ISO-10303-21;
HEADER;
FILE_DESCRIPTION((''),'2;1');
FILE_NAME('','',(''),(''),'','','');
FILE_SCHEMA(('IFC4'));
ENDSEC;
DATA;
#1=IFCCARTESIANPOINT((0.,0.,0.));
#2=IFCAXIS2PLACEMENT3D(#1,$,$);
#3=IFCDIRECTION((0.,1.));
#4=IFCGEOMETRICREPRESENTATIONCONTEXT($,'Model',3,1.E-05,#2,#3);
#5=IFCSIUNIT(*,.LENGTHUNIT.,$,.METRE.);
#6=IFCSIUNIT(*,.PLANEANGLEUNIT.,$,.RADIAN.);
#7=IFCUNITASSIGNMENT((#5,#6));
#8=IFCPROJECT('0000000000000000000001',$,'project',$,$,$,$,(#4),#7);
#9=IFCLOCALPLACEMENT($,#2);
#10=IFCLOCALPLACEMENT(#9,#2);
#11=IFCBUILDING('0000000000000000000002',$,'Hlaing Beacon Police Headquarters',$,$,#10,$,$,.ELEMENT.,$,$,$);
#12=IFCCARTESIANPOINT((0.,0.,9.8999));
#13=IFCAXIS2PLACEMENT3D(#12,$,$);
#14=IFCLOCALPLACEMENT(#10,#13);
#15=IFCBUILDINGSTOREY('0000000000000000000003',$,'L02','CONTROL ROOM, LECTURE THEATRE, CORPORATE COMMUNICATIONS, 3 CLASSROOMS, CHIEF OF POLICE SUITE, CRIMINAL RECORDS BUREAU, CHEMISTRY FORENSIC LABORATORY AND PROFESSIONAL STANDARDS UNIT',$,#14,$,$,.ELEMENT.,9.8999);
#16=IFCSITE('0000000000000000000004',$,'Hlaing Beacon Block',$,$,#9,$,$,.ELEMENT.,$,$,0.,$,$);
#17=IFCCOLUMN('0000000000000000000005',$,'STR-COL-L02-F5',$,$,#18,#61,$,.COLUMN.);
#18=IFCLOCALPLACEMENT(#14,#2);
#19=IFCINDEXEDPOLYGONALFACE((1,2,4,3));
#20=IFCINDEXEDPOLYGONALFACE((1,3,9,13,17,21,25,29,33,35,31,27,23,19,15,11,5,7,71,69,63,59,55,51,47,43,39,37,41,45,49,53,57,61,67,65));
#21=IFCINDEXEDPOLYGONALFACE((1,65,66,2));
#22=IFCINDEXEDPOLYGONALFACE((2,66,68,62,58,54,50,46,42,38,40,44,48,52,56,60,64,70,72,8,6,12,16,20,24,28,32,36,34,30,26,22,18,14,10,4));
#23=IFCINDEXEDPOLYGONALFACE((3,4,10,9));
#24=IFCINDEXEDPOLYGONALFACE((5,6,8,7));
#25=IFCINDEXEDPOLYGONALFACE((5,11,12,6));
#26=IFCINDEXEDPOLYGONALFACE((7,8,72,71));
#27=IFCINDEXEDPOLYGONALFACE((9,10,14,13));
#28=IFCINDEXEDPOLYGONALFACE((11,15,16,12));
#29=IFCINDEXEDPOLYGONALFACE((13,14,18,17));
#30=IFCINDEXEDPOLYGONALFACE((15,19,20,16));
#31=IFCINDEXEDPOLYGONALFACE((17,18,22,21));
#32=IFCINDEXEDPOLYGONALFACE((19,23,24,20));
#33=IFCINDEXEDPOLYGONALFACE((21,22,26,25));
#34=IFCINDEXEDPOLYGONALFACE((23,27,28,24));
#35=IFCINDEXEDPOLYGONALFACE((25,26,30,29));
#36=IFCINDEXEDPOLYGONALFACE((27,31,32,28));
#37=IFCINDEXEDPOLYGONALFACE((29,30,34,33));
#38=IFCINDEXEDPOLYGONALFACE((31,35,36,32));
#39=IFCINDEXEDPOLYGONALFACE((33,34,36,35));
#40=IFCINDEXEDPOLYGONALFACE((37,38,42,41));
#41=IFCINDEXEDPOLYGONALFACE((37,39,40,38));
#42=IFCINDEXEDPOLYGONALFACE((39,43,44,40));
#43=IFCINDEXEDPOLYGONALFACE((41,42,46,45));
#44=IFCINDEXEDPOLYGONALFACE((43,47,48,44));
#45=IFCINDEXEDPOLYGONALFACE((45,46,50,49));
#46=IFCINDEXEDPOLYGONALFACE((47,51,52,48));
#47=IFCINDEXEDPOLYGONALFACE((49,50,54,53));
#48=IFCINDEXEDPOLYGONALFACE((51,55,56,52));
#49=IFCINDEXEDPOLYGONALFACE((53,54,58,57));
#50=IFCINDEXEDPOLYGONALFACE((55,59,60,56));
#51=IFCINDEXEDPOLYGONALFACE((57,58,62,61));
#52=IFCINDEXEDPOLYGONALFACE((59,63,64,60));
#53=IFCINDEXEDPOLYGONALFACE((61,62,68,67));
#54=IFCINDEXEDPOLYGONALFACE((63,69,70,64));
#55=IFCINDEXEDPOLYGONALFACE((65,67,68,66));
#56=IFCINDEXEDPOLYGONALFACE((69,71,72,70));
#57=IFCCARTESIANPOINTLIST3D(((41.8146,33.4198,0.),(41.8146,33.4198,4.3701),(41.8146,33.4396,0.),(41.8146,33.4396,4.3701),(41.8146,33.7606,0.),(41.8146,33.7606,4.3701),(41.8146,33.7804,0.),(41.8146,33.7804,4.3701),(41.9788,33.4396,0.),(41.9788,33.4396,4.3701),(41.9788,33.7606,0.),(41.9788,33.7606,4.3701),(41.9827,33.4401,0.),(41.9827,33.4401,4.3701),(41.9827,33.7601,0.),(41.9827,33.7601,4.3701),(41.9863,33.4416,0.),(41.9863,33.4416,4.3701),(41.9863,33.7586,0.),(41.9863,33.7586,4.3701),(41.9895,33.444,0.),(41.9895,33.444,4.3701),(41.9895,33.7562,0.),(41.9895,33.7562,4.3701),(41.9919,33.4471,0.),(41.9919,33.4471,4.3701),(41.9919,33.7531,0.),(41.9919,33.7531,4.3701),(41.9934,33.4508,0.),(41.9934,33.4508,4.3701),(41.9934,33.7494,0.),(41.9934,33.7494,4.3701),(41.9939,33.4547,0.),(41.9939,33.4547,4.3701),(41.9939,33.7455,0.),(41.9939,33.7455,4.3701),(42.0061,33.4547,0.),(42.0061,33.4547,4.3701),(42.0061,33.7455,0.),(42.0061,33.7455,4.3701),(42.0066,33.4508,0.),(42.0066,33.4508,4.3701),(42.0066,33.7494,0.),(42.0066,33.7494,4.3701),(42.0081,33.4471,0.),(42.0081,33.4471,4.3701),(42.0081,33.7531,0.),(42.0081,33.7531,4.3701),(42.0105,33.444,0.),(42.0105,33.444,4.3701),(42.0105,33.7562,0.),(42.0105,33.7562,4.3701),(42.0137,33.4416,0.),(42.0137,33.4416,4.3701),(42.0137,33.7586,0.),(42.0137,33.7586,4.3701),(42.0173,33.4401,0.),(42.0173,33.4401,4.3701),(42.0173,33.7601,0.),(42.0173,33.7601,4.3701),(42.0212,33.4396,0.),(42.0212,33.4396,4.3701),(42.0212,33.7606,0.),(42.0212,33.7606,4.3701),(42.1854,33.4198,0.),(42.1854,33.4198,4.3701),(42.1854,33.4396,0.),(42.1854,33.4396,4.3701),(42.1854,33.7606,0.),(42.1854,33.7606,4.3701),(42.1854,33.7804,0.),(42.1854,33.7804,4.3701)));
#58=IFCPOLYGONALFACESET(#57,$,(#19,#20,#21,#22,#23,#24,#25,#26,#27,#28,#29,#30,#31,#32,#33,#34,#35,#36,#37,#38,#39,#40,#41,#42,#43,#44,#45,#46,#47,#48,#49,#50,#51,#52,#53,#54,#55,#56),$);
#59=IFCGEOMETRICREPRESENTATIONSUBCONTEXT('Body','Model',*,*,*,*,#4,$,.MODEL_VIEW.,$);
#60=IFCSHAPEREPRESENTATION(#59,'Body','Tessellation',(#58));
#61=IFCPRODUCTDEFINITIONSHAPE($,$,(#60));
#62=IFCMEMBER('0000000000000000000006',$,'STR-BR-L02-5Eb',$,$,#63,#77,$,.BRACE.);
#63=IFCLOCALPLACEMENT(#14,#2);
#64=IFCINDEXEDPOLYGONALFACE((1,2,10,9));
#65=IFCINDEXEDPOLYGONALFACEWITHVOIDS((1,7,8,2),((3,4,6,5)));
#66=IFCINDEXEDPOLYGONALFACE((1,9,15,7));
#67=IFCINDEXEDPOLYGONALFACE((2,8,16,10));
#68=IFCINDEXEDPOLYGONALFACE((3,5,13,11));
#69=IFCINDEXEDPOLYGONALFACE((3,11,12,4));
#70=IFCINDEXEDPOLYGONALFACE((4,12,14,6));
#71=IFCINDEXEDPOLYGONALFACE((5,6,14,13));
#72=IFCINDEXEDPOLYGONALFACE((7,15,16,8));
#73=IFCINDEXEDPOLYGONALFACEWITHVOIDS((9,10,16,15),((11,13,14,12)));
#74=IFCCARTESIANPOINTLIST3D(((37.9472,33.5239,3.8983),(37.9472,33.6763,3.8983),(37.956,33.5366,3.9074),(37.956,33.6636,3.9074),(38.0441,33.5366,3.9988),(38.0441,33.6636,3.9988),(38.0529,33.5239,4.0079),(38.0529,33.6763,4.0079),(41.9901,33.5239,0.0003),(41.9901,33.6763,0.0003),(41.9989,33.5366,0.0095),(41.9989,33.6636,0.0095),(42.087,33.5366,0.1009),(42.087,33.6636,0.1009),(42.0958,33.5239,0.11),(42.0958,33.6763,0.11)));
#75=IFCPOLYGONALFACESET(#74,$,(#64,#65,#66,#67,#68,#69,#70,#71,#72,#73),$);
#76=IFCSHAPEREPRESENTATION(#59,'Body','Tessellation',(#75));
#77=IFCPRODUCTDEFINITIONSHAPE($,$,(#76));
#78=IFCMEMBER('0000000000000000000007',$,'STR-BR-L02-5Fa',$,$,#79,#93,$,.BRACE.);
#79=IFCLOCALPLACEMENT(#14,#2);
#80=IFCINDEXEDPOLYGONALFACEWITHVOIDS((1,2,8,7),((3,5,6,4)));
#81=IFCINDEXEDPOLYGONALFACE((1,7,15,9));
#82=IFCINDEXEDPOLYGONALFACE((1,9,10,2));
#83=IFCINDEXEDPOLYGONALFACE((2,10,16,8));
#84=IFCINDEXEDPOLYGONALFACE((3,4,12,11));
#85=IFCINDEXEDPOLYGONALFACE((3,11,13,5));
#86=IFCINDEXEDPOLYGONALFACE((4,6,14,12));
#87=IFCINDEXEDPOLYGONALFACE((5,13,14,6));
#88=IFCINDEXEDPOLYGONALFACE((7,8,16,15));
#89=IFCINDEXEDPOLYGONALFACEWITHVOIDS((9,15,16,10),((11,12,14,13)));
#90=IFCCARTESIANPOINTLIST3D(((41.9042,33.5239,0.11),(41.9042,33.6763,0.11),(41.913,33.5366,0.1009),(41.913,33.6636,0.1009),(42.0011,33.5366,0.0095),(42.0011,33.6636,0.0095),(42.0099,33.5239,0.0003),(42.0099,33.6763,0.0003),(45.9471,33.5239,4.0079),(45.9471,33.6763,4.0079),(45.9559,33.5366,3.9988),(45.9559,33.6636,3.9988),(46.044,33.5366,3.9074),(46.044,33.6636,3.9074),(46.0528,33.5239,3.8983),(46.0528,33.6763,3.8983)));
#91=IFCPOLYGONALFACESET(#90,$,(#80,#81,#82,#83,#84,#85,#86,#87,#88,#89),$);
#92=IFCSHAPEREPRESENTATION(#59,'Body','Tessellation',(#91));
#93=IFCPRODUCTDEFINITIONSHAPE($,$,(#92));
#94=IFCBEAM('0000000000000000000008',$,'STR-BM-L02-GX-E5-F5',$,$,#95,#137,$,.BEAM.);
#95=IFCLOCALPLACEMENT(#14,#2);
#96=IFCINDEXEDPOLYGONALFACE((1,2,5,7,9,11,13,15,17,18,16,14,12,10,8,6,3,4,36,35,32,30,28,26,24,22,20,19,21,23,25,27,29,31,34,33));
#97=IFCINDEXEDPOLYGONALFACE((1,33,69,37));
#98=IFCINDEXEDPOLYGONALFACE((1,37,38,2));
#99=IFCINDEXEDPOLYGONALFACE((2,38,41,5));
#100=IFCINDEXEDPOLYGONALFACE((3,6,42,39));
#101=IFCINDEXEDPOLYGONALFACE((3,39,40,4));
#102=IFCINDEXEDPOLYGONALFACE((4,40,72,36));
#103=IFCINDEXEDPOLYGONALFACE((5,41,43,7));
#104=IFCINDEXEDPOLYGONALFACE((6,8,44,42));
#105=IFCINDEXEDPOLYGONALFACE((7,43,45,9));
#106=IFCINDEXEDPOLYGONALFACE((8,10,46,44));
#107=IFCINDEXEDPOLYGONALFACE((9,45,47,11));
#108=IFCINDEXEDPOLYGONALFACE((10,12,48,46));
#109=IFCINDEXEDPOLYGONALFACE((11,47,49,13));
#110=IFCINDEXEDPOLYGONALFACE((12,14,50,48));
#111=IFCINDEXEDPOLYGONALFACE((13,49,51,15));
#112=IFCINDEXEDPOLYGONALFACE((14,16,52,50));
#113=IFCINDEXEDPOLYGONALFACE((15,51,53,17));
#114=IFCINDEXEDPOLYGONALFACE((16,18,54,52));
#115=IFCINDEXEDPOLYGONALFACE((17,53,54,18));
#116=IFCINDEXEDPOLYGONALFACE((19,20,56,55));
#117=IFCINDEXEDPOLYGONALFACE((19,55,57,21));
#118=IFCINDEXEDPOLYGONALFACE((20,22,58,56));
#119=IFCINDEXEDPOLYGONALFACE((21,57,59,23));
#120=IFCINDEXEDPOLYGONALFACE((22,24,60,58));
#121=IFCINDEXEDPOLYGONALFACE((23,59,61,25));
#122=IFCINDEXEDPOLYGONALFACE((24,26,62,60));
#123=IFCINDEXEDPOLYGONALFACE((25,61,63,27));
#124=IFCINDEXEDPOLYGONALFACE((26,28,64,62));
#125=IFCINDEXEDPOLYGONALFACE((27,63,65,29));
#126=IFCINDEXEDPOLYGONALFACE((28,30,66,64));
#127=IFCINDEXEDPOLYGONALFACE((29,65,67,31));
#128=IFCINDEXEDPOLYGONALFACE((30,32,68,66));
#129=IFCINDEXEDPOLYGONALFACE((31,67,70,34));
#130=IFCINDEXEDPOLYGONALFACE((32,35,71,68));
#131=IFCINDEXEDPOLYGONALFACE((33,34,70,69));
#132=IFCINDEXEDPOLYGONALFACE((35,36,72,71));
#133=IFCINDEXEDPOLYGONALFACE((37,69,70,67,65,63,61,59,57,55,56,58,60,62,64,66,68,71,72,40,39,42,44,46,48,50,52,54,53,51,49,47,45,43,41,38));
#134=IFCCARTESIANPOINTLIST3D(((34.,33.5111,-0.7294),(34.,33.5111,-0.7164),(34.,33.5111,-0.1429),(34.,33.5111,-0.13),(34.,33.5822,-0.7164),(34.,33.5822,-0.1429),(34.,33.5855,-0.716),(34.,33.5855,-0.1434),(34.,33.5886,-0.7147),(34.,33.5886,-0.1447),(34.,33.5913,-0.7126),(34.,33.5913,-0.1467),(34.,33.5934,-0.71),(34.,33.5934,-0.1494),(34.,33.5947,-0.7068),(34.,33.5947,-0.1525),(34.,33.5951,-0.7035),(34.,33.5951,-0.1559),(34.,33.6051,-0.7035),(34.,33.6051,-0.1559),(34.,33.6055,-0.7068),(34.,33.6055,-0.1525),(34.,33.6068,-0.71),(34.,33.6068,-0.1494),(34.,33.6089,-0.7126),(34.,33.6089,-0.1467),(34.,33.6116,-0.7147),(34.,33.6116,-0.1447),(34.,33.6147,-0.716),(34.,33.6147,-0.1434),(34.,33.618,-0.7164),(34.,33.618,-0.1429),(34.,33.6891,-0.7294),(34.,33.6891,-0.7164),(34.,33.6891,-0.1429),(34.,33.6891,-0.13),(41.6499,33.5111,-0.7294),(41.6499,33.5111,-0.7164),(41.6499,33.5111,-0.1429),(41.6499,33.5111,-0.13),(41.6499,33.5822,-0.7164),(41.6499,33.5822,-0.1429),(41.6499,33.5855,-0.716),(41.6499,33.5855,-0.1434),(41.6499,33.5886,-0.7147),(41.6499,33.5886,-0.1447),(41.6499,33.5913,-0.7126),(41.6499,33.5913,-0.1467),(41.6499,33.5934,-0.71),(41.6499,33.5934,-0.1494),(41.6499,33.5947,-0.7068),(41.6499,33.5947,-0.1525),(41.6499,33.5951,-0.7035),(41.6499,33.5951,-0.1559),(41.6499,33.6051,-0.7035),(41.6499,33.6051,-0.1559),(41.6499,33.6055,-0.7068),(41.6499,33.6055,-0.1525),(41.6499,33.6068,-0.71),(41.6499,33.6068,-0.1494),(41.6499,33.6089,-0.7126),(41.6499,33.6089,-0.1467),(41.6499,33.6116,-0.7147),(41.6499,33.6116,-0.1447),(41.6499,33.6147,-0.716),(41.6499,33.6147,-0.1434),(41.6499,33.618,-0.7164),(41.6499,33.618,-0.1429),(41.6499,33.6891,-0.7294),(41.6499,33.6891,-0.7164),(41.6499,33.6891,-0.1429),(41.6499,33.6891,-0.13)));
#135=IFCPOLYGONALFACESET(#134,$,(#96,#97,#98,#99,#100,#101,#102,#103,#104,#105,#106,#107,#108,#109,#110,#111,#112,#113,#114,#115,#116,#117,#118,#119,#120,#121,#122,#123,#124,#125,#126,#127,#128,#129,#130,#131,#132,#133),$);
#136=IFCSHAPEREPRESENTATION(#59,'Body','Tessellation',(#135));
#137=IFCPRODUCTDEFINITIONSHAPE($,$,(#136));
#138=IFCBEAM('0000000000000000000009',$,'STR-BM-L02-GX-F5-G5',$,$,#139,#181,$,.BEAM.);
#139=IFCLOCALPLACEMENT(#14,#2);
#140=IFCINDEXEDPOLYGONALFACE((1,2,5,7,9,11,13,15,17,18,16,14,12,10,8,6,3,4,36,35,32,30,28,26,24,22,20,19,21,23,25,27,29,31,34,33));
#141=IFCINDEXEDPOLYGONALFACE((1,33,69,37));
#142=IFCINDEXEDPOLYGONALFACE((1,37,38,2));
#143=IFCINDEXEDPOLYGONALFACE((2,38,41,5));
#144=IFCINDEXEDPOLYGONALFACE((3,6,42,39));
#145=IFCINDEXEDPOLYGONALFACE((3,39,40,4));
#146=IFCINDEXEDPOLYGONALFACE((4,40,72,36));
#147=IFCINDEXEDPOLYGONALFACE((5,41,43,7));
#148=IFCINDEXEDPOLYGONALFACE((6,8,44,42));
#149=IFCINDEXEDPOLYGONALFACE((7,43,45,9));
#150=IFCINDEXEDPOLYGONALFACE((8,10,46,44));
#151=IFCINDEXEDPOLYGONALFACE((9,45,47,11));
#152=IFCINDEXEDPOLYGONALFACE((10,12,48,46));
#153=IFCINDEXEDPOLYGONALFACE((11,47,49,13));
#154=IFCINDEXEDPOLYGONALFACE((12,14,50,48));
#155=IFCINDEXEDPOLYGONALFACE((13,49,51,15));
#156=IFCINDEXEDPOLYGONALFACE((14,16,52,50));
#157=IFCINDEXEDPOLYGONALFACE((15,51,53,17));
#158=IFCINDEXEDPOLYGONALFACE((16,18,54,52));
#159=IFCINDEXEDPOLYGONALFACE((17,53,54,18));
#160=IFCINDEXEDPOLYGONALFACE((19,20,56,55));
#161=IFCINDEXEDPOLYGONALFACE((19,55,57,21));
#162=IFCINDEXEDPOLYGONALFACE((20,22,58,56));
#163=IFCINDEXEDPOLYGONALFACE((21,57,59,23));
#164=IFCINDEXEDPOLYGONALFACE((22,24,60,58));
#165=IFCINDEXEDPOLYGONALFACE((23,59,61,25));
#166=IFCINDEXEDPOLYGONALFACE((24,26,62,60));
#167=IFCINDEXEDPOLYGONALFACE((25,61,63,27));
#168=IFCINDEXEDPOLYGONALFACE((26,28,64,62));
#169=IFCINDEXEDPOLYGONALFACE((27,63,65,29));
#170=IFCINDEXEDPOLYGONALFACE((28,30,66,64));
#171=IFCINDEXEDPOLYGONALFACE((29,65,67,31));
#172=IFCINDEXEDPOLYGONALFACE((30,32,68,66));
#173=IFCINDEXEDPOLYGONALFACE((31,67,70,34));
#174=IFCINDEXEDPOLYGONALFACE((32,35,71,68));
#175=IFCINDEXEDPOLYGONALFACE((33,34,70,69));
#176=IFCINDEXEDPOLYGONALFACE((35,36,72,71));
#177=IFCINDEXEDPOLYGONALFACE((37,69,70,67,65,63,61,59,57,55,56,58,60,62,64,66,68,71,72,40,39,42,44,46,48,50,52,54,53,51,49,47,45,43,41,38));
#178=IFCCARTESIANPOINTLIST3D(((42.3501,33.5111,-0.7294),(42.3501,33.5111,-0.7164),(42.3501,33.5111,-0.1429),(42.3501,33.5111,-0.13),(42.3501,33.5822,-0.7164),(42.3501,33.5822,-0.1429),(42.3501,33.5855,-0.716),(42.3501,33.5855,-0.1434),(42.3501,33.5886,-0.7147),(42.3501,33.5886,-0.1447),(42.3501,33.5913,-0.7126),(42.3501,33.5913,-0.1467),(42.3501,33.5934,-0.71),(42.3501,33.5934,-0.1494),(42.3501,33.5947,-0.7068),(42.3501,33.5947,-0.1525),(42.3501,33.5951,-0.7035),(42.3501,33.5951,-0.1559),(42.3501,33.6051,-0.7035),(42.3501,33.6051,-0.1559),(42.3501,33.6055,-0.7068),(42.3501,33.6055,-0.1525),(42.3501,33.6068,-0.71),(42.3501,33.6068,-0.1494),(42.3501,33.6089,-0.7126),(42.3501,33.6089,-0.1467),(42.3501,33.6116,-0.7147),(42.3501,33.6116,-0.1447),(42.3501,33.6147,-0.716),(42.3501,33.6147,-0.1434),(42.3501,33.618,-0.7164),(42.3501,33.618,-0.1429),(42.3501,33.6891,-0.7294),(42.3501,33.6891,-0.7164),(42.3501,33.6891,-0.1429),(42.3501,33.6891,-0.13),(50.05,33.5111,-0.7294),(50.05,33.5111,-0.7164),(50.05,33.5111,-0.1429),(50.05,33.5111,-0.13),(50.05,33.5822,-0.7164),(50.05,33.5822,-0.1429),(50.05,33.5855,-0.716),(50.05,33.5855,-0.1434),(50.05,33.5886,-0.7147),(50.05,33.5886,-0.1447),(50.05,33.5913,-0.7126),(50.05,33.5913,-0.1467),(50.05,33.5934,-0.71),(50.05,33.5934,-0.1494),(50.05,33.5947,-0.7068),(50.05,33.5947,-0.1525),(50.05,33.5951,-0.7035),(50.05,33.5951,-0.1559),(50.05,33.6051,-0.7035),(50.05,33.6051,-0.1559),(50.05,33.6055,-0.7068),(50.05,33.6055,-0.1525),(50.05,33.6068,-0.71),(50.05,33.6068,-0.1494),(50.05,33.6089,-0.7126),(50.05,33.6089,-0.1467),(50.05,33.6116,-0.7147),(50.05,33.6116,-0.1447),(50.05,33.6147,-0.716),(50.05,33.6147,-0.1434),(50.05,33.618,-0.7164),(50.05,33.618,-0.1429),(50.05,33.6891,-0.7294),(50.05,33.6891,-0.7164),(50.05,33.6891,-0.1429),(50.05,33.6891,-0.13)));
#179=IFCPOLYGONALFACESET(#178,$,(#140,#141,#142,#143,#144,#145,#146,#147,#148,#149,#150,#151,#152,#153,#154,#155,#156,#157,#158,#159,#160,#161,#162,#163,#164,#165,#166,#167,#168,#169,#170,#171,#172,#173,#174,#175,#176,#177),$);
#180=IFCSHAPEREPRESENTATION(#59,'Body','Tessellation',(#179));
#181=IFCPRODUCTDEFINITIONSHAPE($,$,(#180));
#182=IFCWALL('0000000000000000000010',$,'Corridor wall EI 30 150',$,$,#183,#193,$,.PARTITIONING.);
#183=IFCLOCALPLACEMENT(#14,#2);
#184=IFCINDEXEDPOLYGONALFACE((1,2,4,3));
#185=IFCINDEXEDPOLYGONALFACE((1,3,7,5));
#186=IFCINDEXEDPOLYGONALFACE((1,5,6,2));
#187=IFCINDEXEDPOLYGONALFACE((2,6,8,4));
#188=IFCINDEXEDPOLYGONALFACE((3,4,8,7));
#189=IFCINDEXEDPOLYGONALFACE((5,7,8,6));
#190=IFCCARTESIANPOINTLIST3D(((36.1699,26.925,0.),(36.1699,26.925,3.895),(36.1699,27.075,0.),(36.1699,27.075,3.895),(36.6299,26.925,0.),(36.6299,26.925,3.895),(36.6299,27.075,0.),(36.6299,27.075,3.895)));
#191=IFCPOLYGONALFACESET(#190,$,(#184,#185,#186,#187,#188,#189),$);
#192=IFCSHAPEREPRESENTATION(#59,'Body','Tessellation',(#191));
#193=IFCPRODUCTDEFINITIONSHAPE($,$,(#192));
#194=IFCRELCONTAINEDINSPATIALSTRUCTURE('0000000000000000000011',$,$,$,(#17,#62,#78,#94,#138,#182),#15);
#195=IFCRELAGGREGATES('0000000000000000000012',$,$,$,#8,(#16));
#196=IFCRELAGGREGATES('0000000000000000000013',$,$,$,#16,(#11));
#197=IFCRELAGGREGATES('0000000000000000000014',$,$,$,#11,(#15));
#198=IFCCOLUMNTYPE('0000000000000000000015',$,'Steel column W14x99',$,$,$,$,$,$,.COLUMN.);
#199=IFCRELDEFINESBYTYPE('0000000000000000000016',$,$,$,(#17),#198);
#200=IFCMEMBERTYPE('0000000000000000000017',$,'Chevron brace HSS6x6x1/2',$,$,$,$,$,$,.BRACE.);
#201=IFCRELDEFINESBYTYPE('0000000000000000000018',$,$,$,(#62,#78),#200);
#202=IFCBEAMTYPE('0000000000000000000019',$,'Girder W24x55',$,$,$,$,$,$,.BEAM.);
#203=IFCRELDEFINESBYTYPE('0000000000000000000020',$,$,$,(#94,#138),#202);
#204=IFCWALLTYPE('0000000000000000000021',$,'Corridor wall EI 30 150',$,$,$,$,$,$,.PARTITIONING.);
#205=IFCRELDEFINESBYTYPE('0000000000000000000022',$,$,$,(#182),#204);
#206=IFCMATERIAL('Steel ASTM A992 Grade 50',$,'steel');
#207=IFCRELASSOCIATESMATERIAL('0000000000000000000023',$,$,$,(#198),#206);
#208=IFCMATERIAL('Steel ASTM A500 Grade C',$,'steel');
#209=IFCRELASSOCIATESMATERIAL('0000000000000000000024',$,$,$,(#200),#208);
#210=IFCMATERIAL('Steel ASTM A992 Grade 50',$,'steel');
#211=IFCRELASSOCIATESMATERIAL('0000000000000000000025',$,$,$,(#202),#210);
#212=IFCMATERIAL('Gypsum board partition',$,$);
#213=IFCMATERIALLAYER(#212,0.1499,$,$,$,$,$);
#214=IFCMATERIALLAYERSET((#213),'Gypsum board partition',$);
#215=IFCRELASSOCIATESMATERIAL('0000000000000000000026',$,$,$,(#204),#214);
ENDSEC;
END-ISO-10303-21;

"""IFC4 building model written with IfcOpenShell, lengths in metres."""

from ifc_helpers import new_model, si_unit, direction, frame, frame_2d, origin, origin_2d, place, context, subcontext, project, spatial, rectangle, hollow_rectangle, i_section, extrude, material, layer, layer_set, material_profile, profile_set, type_object, element, save


model = new_model("IFC4")

# Units and contexts
model_context = context("Model", 3, precision=1e-05, world=origin(), true_north=direction((0.0, 1.0)))
body_context = subcontext(model_context, "Body", "Model", "MODEL_VIEW")
ifc_project = project(units=[si_unit("LENGTHUNIT", "METRE"), si_unit("PLANEANGLEUNIT", "RADIAN")], contexts=[model_context])

# Site, building, storey
site_placement = place(None, origin())
site = spatial("IfcSite", under=ifc_project, at=site_placement, Name="Hlaing Beacon Block", CompositionType="ELEMENT", RefElevation=0.0)
building_placement = place(site_placement, origin())
building = spatial("IfcBuilding", under=site, at=building_placement, Name="Hlaing Beacon Police Headquarters", CompositionType="ELEMENT")
storey_placement = place(building_placement, frame((0.0, 0.0, 9.8999)))
storey = spatial("IfcBuildingStorey", under=building, at=storey_placement, Name="L02", Description="CONTROL ROOM, LECTURE THEATRE, CORPORATE COMMUNICATIONS, 3 CLASSROOMS, CHIEF OF POLICE SUITE, CRIMINAL RECORDS BUREAU, CHEMISTRY FORENSIC LABORATORY AND PROFESSIONAL STANDARDS UNIT", CompositionType="ELEMENT", Elevation=9.8999)

# Column
ifc_material_1 = material(Name="Steel ASTM A992 Grade 50", Category="steel")
ifc_material_profile_1 = material_profile(ifc_material_1, i_section(OverallWidth=0.3708, OverallDepth=0.3606, WebThickness=0.0122, FlangeThickness=0.0198, FilletRadius=0.0151, at=origin_2d()), Name="W14x99")
ifc_profile_set_1 = profile_set([ifc_material_profile_1], Name="Steel ASTM A992 Grade 50")
column_type = type_object("IfcColumnType", Name="Steel column W14x99", PredefinedType="COLUMN", material=ifc_profile_set_1)
column_placement = place(storey_placement, frame((42.0, 33.6001, 0.0), z_axis=(0.0, 0.0, 1.0), x_axis=(1.0, 0.0, 0.0)))
element("IfcColumn", 1, at=column_placement, inside=storey, type_object=column_type, Name="STR-COL-L02-F5", PredefinedType="COLUMN", context=body_context, shape_type="SweptSolid", body=[
    extrude(i_section(OverallWidth=0.3708, OverallDepth=0.3606, WebThickness=0.0122, FlangeThickness=0.0198, FilletRadius=0.0151, at=origin_2d()), origin(), (0.0, 0.0, 1.0), 4.3701),
])

# Members
ifc_material_2 = material(Name="Steel ASTM A500 Grade C", Category="steel")
ifc_material_profile_2 = material_profile(ifc_material_2, hollow_rectangle(XDim=0.1523, YDim=0.1523, WallThickness=0.0127, at=origin_2d()), Name="HSS6x6x1/2")
ifc_profile_set_2 = profile_set([ifc_material_profile_2], Name="Steel ASTM A500 Grade C")
member_type = type_object("IfcMemberType", Name="Chevron brace HSS6x6x1/2", PredefinedType="BRACE", material=ifc_profile_set_2)
for number, where, z_axis, x_axis, name in (
    (2, (42.043, 33.6001, 0.0552), (-0.7199, 0.0, 0.694078), (0.0, -1.0, 0.0), "STR-BR-L02-5Eb"),
    (3, (41.957, 33.6001, 0.0552), (0.7199, 0.0, 0.694078), (0.0, 1.0, 0.0), "STR-BR-L02-5Fa"),
):
    element("IfcMember", number, at=place(storey_placement, frame(where, z_axis=z_axis, x_axis=x_axis)), inside=storey, type_object=member_type, Name=name, PredefinedType="BRACE", context=body_context, shape_type="SweptSolid", body=[
        extrude(hollow_rectangle(XDim=0.1523, YDim=0.1523, WallThickness=0.0127, at=origin_2d()), origin(), (0.0, 0.0, 1.0), 5.616),
    ])

# Beams
ifc_material_3 = material(Name="Steel ASTM A992 Grade 50", Category="steel")
ifc_material_profile_3 = material_profile(ifc_material_3, i_section(OverallWidth=0.178, OverallDepth=0.5994, WebThickness=0.01, FlangeThickness=0.0129, FilletRadius=0.0129, at=origin_2d()), Name="W24x55")
ifc_profile_set_3 = profile_set([ifc_material_profile_3], Name="Steel ASTM A992 Grade 50")
beam_type = type_object("IfcBeamType", Name="Girder W24x55", PredefinedType="BEAM", material=ifc_profile_set_3)
beam_1_placement = place(storey_placement, frame((34.0, 33.6001, -0.4297), z_axis=(1.0, 0.0, 0.0), x_axis=(0.0, 1.0, 0.0)))
element("IfcBeam", 4, at=beam_1_placement, inside=storey, type_object=beam_type, Name="STR-BM-L02-GX-E5-F5", PredefinedType="BEAM", context=body_context, shape_type="SweptSolid", body=[
    extrude(i_section(OverallWidth=0.178, OverallDepth=0.5994, WebThickness=0.01, FlangeThickness=0.0129, FilletRadius=0.0129, at=origin_2d()), origin(), (0.0, 0.0, 1.0), 7.6499),
])
beam_2_placement = place(storey_placement, frame((42.3501, 33.6001, -0.4297), z_axis=(1.0, 0.0, 0.0), x_axis=(0.0, 1.0, 0.0)))
element("IfcBeam", 5, at=beam_2_placement, inside=storey, type_object=beam_type, Name="STR-BM-L02-GX-F5-G5", PredefinedType="BEAM", context=body_context, shape_type="SweptSolid", body=[
    extrude(i_section(OverallWidth=0.178, OverallDepth=0.5994, WebThickness=0.01, FlangeThickness=0.0129, FilletRadius=0.0129, at=origin_2d()), origin(), (0.0, 0.0, 1.0), 7.7),
])

# Wall
ifc_material_4 = material(Name="Gypsum board partition")
ifc_layer_1 = layer(ifc_material_4, 0.1499)
ifc_layer_set_1 = layer_set([ifc_layer_1], Name="Gypsum board partition")
wall_type_1 = type_object("IfcWallType", Name="Corridor wall EI 30 150", PredefinedType="PARTITIONING", material=ifc_layer_set_1)
wall_1_placement = place(storey_placement, frame((36.1699, 27.0, 0.0), z_axis=(0.0, 0.0, 1.0), x_axis=(1.0, 0.0, 0.0)))
element("IfcWall", 6, at=wall_1_placement, inside=storey, type_object=wall_type_1, Name="Corridor wall EI 30 150", PredefinedType="PARTITIONING", context=body_context, shape_type="SweptSolid", body=[
    extrude(rectangle(XDim=0.46, YDim=0.1499, at=frame_2d((0.23, 0.0))), origin(), (0.0, 0.0, 1.0), 3.895),
])

save(model, "model.ifc")
